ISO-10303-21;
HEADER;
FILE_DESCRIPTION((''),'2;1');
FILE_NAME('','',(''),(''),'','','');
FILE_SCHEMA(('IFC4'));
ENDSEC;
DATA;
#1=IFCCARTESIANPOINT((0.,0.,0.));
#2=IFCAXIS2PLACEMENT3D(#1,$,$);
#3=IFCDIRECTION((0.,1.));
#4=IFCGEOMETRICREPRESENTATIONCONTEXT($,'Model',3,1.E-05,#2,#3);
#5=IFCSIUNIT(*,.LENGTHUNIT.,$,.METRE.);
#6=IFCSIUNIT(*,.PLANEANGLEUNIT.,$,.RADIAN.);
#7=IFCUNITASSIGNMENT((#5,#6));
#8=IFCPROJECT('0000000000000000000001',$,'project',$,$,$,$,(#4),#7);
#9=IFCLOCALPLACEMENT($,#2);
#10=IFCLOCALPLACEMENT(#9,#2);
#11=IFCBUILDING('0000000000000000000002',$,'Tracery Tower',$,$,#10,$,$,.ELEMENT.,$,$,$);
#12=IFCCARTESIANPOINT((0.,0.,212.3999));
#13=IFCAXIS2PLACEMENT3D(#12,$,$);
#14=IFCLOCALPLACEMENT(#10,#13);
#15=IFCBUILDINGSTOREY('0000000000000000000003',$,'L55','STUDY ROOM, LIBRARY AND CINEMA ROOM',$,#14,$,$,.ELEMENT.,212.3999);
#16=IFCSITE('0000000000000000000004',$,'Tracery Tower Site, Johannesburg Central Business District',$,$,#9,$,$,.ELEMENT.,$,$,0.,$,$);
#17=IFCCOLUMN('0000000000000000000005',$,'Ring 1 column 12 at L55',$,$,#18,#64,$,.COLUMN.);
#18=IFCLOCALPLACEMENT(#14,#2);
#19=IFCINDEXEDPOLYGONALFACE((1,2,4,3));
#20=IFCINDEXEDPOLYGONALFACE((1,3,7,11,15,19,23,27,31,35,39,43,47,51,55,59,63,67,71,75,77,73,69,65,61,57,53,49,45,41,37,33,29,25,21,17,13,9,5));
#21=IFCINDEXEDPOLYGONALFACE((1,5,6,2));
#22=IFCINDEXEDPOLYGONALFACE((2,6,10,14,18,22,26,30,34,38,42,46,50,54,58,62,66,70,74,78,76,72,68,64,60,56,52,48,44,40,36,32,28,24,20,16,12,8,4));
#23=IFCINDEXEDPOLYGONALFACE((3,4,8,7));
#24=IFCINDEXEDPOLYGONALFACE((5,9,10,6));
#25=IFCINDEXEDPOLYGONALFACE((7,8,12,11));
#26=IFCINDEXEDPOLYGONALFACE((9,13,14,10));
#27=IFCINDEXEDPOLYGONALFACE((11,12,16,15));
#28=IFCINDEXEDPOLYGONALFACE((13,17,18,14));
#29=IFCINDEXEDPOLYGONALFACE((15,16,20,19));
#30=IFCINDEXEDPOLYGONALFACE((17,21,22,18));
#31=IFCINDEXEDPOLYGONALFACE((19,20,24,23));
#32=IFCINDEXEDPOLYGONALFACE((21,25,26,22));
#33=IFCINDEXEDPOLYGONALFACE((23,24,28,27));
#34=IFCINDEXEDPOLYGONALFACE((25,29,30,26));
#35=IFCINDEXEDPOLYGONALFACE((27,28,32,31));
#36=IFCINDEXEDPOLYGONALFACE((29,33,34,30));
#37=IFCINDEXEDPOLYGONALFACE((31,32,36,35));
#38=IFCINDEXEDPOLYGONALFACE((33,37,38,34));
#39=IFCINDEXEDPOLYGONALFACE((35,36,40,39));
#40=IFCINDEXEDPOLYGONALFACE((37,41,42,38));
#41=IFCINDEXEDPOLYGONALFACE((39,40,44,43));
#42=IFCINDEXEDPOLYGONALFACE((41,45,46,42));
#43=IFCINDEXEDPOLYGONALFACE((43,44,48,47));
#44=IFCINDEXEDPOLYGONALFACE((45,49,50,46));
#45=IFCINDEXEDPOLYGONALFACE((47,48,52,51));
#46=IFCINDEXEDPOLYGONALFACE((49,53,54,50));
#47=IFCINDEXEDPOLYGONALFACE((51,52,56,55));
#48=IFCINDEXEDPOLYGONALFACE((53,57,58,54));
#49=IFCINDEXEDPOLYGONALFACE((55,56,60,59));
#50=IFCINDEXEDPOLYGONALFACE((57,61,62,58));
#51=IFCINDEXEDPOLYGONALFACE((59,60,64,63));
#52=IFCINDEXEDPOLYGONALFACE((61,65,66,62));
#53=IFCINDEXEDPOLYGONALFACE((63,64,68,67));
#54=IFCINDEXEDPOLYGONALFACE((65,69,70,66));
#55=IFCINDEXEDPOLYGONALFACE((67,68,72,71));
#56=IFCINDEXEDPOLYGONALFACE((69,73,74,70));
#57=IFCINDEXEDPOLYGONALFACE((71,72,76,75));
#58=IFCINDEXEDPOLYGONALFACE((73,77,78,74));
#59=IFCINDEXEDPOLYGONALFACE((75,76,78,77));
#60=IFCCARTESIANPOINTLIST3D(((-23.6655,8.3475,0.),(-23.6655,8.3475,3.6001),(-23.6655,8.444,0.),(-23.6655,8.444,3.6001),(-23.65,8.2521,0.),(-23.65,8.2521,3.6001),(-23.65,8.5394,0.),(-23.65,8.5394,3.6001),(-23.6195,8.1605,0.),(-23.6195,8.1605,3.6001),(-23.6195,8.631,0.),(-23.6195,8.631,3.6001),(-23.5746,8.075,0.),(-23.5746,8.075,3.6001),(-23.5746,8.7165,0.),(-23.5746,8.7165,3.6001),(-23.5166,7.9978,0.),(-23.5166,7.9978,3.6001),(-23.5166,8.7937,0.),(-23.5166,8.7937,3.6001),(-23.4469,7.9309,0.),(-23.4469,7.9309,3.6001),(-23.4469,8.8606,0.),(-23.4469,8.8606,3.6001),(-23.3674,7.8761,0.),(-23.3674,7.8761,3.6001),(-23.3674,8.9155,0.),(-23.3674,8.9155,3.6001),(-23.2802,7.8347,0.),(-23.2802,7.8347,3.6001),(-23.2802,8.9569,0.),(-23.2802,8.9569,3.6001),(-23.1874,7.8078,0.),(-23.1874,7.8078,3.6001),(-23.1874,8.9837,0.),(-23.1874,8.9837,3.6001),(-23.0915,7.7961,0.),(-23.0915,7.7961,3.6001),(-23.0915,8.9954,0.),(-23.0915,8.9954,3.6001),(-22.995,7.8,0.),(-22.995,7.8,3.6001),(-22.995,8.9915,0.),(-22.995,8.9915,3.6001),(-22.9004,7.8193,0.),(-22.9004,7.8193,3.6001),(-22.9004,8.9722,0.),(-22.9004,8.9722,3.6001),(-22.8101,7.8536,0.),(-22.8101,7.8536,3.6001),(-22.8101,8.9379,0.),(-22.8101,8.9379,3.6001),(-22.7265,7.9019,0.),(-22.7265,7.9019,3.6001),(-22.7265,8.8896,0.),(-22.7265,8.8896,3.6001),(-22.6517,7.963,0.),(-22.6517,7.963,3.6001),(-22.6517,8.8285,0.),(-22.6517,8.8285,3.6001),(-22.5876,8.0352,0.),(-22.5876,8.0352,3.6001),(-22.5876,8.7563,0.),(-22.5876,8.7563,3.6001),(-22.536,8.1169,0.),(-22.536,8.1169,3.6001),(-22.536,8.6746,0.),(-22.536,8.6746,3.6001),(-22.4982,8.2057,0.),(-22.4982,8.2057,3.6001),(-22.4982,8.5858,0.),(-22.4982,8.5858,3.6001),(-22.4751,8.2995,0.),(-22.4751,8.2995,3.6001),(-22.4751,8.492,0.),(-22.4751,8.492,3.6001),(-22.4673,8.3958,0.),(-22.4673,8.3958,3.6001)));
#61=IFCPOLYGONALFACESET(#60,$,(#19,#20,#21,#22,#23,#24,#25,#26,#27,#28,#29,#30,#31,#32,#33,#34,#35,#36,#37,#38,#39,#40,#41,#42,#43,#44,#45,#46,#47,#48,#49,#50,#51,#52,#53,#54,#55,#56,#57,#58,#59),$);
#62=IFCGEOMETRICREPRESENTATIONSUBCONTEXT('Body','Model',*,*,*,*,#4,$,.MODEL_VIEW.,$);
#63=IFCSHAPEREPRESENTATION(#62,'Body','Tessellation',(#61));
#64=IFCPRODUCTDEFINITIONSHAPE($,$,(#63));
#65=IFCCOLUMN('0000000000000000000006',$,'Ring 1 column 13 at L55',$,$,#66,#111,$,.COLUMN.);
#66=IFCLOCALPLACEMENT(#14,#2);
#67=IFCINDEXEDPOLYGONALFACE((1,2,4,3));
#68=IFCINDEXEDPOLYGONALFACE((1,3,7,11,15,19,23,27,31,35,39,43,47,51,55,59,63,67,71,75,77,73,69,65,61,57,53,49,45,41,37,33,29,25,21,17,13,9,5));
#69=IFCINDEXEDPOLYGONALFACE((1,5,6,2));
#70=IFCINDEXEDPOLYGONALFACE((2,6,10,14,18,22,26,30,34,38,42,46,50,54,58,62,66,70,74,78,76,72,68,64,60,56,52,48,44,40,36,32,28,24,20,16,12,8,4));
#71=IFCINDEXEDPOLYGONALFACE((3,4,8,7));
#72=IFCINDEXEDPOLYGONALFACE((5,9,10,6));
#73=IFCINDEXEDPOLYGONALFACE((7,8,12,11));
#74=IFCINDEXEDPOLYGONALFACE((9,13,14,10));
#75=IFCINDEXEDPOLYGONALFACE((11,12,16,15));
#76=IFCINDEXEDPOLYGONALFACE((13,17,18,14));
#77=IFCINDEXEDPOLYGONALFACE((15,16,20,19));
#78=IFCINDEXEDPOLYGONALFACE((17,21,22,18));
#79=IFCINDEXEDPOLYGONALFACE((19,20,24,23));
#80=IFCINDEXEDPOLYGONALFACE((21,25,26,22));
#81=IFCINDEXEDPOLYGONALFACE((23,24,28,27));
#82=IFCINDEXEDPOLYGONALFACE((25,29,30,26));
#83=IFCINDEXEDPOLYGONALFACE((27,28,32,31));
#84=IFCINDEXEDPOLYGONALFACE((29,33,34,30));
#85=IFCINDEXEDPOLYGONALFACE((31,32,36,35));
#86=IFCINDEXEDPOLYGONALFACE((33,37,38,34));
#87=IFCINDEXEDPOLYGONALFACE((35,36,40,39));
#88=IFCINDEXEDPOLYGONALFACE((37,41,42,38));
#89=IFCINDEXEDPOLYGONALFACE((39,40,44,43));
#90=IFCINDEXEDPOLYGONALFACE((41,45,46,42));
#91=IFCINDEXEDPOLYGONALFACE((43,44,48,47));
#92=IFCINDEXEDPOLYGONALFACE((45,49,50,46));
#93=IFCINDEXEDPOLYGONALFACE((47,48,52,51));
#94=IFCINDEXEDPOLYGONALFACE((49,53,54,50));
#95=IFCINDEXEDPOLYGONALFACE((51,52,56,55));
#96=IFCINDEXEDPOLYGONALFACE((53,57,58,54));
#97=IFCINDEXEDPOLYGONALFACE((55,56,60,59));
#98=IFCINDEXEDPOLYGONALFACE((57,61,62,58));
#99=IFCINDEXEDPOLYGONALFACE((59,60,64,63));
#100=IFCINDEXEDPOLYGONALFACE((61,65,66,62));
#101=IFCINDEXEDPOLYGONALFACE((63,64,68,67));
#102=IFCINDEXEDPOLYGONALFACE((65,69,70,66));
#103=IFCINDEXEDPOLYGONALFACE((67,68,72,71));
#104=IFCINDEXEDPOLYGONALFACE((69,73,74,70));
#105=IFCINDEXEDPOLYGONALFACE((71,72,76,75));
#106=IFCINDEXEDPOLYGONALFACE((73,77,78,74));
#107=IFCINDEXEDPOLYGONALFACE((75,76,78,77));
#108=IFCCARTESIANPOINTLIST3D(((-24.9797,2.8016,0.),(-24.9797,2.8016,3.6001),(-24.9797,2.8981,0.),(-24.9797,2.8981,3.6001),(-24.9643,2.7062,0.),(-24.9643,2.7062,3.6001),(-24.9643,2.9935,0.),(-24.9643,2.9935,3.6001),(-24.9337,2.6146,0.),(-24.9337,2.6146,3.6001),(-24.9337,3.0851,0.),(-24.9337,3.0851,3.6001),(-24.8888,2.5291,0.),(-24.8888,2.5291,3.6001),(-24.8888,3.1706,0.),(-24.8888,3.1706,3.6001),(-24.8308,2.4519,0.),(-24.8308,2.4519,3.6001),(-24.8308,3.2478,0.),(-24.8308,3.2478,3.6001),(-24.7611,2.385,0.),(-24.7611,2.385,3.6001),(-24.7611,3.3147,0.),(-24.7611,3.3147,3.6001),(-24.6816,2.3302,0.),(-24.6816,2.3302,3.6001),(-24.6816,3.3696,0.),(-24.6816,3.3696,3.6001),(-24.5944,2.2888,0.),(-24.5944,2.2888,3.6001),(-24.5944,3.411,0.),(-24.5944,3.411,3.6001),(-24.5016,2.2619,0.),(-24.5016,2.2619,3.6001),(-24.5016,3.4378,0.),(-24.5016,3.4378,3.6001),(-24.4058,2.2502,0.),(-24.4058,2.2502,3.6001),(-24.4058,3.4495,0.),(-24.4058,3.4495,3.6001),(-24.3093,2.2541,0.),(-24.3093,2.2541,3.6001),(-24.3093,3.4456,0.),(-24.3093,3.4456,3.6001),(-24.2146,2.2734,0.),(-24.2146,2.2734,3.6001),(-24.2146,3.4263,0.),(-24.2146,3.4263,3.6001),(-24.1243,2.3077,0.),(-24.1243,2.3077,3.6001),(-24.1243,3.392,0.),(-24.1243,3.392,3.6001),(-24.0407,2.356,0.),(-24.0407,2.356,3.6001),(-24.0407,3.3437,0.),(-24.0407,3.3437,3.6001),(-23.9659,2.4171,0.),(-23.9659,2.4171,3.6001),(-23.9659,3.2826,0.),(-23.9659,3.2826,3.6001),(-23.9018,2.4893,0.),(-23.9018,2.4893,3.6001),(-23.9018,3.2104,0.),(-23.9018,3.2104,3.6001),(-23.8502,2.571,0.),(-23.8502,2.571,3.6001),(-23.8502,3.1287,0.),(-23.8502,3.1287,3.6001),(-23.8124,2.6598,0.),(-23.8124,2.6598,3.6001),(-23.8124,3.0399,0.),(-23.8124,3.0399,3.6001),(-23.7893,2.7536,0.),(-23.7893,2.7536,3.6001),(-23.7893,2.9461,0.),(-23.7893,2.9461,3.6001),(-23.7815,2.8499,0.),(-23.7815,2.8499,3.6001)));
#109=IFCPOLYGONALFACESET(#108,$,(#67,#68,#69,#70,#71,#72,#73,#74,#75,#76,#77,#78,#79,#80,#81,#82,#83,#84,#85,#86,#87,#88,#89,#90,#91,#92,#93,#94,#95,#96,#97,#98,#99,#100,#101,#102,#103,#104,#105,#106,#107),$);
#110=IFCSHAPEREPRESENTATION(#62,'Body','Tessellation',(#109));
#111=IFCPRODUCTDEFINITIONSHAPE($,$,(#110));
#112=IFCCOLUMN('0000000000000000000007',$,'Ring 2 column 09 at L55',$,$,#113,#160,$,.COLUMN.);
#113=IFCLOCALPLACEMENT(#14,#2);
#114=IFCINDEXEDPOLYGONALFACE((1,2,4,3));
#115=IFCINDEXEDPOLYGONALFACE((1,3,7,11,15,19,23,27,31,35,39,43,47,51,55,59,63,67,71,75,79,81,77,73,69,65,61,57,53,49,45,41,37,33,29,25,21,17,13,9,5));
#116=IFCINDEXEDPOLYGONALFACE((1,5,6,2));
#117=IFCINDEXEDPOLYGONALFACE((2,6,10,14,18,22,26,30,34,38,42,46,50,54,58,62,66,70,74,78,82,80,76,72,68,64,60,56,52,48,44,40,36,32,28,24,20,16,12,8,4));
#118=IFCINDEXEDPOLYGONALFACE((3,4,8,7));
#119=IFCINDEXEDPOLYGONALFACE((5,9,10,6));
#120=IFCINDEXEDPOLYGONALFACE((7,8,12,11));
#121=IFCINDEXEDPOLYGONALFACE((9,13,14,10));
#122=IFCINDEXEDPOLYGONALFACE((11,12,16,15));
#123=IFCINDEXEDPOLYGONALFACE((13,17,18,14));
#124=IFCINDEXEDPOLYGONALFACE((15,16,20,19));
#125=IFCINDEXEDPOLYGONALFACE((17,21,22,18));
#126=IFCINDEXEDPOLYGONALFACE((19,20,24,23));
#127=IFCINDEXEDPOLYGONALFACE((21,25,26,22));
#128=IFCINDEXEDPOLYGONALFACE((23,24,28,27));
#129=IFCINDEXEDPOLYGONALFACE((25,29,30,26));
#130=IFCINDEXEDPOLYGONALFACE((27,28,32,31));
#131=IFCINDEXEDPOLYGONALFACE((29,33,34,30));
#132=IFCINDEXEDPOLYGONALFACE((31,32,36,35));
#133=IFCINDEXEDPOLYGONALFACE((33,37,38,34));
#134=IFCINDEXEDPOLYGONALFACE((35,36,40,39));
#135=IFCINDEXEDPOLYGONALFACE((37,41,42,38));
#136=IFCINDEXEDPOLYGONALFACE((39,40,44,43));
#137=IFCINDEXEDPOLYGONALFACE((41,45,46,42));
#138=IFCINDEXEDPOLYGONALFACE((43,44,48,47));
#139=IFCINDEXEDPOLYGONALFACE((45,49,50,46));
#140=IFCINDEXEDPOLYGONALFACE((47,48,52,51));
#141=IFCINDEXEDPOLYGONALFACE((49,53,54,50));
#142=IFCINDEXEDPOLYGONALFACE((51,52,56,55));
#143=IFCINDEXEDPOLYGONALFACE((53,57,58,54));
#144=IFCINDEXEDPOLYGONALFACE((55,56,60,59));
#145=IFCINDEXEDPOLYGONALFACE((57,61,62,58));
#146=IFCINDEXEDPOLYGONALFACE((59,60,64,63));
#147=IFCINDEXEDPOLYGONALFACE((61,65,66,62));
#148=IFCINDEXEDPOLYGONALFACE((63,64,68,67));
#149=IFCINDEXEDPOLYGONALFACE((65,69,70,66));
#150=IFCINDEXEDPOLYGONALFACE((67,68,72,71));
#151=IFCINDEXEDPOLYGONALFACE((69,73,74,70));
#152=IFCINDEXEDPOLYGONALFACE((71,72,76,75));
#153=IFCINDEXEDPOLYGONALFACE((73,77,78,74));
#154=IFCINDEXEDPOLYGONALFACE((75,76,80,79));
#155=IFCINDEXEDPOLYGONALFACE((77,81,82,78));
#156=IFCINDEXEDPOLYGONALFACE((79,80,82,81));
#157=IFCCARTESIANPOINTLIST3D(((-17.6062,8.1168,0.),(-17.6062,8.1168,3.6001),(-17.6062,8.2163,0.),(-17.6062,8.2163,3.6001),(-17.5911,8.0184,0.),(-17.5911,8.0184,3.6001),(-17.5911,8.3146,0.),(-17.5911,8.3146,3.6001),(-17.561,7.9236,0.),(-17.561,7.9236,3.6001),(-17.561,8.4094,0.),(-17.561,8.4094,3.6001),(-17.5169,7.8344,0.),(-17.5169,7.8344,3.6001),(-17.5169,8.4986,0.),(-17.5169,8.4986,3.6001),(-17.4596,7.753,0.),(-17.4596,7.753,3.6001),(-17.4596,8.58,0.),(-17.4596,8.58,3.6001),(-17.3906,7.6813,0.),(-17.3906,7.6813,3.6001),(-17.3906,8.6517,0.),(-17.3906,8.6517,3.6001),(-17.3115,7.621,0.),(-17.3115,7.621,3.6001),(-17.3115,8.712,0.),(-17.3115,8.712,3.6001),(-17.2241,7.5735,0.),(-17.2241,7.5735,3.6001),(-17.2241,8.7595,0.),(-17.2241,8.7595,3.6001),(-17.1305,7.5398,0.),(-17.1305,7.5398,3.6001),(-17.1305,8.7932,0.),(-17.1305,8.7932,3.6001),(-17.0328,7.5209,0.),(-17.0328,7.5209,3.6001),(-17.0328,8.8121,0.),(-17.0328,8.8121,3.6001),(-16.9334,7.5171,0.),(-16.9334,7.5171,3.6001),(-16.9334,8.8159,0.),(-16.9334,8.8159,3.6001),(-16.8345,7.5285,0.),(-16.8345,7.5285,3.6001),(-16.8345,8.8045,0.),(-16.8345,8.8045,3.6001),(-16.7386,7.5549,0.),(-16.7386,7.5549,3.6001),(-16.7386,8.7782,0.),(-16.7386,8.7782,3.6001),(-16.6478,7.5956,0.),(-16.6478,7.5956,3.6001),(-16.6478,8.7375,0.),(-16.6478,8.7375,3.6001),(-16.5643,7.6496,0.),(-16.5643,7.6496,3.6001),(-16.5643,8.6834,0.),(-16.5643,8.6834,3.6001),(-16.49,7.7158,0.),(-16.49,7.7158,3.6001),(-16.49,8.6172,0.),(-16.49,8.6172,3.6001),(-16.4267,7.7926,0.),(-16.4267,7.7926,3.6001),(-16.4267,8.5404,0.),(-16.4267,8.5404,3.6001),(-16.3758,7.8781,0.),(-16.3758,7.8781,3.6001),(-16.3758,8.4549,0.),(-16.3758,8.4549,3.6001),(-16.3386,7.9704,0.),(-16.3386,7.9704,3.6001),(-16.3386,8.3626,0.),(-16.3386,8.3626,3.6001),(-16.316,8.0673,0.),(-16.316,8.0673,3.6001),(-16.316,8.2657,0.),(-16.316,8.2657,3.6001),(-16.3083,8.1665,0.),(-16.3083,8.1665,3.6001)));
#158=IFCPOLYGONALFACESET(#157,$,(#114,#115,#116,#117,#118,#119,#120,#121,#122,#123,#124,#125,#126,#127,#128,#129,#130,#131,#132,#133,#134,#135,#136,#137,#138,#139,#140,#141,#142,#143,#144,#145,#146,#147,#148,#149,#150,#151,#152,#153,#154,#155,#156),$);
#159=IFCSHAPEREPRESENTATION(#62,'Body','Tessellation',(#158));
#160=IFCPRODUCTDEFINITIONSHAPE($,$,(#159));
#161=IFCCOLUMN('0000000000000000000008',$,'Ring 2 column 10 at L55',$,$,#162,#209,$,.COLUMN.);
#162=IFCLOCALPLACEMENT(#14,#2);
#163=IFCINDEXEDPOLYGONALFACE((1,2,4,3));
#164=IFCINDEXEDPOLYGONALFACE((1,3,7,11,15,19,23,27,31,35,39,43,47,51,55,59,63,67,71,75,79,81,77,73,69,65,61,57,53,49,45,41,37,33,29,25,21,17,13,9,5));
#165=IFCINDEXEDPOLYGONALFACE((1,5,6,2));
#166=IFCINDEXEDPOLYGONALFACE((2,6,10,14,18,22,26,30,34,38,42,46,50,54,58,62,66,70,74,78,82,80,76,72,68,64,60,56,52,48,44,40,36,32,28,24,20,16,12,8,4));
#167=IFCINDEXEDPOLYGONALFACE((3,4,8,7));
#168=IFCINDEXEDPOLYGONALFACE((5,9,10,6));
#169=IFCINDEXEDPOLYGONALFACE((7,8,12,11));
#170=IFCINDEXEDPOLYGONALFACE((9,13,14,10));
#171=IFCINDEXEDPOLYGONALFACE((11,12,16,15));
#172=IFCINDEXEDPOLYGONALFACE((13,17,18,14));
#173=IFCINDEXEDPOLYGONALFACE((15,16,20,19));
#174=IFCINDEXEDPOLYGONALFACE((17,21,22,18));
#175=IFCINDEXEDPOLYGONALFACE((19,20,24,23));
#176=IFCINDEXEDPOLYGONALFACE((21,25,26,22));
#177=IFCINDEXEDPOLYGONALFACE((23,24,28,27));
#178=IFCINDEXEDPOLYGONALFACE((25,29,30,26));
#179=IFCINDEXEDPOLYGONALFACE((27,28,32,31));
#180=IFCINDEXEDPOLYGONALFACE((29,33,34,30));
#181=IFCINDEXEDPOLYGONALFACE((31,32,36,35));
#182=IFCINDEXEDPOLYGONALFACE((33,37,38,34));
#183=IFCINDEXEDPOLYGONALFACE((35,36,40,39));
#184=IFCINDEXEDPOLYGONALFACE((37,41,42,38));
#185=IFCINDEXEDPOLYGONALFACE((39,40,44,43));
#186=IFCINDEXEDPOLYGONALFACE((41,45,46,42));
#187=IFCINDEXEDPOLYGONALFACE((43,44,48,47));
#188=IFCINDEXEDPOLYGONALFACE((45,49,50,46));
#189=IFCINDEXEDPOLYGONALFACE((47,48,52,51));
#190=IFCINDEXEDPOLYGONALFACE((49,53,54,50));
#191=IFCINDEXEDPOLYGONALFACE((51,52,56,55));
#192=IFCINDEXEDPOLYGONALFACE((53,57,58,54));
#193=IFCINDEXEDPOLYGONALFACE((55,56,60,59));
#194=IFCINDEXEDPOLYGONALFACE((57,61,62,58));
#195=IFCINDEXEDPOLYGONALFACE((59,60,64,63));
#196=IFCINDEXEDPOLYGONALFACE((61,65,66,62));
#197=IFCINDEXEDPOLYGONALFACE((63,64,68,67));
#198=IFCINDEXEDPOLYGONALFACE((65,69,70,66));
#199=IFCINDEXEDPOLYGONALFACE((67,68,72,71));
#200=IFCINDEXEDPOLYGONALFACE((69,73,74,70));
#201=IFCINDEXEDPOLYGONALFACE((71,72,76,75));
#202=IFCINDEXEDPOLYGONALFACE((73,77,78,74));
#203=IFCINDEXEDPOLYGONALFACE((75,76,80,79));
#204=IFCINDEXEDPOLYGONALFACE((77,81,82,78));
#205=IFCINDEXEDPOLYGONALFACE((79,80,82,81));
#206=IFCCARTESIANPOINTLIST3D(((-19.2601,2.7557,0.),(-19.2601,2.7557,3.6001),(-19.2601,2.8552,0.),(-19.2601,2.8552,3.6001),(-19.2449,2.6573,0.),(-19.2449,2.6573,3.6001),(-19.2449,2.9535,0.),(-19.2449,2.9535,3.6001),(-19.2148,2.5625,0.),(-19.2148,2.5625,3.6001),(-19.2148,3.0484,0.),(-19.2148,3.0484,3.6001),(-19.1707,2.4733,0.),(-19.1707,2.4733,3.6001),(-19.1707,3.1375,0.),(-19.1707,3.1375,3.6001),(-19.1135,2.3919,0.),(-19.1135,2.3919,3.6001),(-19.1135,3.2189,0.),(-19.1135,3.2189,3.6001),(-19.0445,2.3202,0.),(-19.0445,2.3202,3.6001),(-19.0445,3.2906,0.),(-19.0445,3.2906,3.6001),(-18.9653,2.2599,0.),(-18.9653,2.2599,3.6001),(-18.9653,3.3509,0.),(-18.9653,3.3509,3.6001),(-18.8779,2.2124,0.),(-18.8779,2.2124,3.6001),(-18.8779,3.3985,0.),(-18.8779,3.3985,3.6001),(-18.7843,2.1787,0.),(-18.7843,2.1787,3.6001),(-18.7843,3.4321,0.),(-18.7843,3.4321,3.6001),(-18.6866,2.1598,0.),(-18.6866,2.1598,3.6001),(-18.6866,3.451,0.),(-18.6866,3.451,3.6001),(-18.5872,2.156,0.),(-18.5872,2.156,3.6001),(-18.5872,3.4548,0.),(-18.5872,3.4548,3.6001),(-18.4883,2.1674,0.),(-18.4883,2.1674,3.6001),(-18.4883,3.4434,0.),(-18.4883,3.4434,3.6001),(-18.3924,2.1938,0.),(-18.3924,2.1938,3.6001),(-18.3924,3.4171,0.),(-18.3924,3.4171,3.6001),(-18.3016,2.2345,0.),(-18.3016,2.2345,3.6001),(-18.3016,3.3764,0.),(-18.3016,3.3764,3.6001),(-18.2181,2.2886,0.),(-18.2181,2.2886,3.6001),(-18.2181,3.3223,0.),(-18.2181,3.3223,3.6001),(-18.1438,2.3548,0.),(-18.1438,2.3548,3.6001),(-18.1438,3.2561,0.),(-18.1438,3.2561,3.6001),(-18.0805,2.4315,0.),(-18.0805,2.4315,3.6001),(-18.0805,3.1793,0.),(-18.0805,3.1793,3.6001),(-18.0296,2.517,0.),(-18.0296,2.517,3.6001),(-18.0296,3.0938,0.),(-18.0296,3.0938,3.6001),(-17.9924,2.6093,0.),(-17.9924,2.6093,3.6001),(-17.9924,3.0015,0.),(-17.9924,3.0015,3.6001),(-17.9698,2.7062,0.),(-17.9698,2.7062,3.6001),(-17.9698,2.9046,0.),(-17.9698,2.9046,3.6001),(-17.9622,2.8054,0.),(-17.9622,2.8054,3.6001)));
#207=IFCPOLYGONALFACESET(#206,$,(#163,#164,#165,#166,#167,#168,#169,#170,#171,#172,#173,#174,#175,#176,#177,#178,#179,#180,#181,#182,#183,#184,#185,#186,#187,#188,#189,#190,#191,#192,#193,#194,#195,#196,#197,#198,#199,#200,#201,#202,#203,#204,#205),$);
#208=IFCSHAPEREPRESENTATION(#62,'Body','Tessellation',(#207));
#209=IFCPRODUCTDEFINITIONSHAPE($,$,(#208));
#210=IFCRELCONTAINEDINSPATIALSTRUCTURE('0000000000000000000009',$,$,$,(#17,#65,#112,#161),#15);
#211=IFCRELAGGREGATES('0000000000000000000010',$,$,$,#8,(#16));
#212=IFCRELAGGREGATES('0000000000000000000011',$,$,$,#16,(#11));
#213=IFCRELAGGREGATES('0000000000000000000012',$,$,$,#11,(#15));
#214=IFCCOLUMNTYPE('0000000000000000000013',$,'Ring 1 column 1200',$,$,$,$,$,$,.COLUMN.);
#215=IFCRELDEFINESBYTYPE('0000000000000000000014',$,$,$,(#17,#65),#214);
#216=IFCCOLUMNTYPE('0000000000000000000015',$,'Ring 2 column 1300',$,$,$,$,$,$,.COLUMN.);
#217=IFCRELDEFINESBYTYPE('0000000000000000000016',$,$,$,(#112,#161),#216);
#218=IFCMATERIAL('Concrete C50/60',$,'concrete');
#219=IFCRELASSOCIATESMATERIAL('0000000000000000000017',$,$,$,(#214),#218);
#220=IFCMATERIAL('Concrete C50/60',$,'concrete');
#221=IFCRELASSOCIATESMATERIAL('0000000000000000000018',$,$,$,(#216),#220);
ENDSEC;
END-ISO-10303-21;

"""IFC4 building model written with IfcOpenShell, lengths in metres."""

from ifc_helpers import new_model, si_unit, direction, frame, origin, origin_2d, place, context, subcontext, project, spatial, circle, extrude, material, material_profile, profile_set, type_object, element, save


model = new_model("IFC4")

# Units and contexts
model_context = context("Model", 3, precision=1e-05, world=origin(), true_north=direction((0.0, 1.0)))
body_context = subcontext(model_context, "Body", "Model", "MODEL_VIEW")
ifc_project = project(units=[si_unit("LENGTHUNIT", "METRE"), si_unit("PLANEANGLEUNIT", "RADIAN")], contexts=[model_context])

# Site, building, storey
site_placement = place(None, origin())
site = spatial("IfcSite", under=ifc_project, at=site_placement, Name="Tracery Tower Site, Johannesburg Central Business District", CompositionType="ELEMENT", RefElevation=0.0)
building_placement = place(site_placement, origin())
building = spatial("IfcBuilding", under=site, at=building_placement, Name="Tracery Tower", CompositionType="ELEMENT")
storey_placement = place(building_placement, frame((0.0, 0.0, 212.3999)))
storey = spatial("IfcBuildingStorey", under=building, at=storey_placement, Name="L55", Description="STUDY ROOM, LIBRARY AND CINEMA ROOM", CompositionType="ELEMENT", Elevation=212.3999)

# Columns
ifc_material_1 = material(Name="Concrete C50/60", Category="concrete")
ifc_material_profile_1 = material_profile(ifc_material_1, circle(Radius=0.6001, at=origin_2d()), Name="RC D1200")
ifc_profile_set_1 = profile_set([ifc_material_profile_1], Name="Concrete C50/60")
column_type_1 = type_object("IfcColumnType", Name="Ring 1 column 1200", PredefinedType="COLUMN", material=ifc_profile_set_1)
for number, where, z_axis, x_axis, name in (
    (1, (-23.0674, 8.3958, 0.0), (0.0, 0.0, 1.0), (1.0, 0.0, 0.0), "Ring 1 column 12 at L55"),
    (2, (-24.3816, 2.8499, 0.0), (0.0, 0.0, 1.0), (1.0, 0.0, 0.0), "Ring 1 column 13 at L55"),
):
    element("IfcColumn", number, at=place(storey_placement, frame(where, z_axis=z_axis, x_axis=x_axis)), inside=storey, type_object=column_type_1, Name=name, PredefinedType="COLUMN", context=body_context, shape_type="SweptSolid", body=[
        extrude(circle(Radius=0.6001, at=origin_2d()), origin(), (0.0, 0.0, 1.0), 3.6001),
    ])
ifc_material_2 = material(Name="Concrete C50/60", Category="concrete")
ifc_material_profile_2 = material_profile(ifc_material_2, circle(Radius=0.6499, at=origin_2d()), Name="RC D1300")
ifc_profile_set_2 = profile_set([ifc_material_profile_2], Name="Concrete C50/60")
column_type_2 = type_object("IfcColumnType", Name="Ring 2 column 1300", PredefinedType="COLUMN", material=ifc_profile_set_2)
for number, where, z_axis, x_axis, name in (
    (3, (-16.9583, 8.1665, 0.0), (0.0, 0.0, 1.0), (1.0, 0.0, 0.0), "Ring 2 column 09 at L55"),
    (4, (-18.6121, 2.8054, 0.0), (0.0, 0.0, 1.0), (1.0, 0.0, 0.0), "Ring 2 column 10 at L55"),
):
    element("IfcColumn", number, at=place(storey_placement, frame(where, z_axis=z_axis, x_axis=x_axis)), inside=storey, type_object=column_type_2, Name=name, PredefinedType="COLUMN", context=body_context, shape_type="SweptSolid", body=[
        extrude(circle(Radius=0.6499, at=origin_2d()), origin(), (0.0, 0.0, 1.0), 3.6001),
    ])

save(model, "model.ifc")
